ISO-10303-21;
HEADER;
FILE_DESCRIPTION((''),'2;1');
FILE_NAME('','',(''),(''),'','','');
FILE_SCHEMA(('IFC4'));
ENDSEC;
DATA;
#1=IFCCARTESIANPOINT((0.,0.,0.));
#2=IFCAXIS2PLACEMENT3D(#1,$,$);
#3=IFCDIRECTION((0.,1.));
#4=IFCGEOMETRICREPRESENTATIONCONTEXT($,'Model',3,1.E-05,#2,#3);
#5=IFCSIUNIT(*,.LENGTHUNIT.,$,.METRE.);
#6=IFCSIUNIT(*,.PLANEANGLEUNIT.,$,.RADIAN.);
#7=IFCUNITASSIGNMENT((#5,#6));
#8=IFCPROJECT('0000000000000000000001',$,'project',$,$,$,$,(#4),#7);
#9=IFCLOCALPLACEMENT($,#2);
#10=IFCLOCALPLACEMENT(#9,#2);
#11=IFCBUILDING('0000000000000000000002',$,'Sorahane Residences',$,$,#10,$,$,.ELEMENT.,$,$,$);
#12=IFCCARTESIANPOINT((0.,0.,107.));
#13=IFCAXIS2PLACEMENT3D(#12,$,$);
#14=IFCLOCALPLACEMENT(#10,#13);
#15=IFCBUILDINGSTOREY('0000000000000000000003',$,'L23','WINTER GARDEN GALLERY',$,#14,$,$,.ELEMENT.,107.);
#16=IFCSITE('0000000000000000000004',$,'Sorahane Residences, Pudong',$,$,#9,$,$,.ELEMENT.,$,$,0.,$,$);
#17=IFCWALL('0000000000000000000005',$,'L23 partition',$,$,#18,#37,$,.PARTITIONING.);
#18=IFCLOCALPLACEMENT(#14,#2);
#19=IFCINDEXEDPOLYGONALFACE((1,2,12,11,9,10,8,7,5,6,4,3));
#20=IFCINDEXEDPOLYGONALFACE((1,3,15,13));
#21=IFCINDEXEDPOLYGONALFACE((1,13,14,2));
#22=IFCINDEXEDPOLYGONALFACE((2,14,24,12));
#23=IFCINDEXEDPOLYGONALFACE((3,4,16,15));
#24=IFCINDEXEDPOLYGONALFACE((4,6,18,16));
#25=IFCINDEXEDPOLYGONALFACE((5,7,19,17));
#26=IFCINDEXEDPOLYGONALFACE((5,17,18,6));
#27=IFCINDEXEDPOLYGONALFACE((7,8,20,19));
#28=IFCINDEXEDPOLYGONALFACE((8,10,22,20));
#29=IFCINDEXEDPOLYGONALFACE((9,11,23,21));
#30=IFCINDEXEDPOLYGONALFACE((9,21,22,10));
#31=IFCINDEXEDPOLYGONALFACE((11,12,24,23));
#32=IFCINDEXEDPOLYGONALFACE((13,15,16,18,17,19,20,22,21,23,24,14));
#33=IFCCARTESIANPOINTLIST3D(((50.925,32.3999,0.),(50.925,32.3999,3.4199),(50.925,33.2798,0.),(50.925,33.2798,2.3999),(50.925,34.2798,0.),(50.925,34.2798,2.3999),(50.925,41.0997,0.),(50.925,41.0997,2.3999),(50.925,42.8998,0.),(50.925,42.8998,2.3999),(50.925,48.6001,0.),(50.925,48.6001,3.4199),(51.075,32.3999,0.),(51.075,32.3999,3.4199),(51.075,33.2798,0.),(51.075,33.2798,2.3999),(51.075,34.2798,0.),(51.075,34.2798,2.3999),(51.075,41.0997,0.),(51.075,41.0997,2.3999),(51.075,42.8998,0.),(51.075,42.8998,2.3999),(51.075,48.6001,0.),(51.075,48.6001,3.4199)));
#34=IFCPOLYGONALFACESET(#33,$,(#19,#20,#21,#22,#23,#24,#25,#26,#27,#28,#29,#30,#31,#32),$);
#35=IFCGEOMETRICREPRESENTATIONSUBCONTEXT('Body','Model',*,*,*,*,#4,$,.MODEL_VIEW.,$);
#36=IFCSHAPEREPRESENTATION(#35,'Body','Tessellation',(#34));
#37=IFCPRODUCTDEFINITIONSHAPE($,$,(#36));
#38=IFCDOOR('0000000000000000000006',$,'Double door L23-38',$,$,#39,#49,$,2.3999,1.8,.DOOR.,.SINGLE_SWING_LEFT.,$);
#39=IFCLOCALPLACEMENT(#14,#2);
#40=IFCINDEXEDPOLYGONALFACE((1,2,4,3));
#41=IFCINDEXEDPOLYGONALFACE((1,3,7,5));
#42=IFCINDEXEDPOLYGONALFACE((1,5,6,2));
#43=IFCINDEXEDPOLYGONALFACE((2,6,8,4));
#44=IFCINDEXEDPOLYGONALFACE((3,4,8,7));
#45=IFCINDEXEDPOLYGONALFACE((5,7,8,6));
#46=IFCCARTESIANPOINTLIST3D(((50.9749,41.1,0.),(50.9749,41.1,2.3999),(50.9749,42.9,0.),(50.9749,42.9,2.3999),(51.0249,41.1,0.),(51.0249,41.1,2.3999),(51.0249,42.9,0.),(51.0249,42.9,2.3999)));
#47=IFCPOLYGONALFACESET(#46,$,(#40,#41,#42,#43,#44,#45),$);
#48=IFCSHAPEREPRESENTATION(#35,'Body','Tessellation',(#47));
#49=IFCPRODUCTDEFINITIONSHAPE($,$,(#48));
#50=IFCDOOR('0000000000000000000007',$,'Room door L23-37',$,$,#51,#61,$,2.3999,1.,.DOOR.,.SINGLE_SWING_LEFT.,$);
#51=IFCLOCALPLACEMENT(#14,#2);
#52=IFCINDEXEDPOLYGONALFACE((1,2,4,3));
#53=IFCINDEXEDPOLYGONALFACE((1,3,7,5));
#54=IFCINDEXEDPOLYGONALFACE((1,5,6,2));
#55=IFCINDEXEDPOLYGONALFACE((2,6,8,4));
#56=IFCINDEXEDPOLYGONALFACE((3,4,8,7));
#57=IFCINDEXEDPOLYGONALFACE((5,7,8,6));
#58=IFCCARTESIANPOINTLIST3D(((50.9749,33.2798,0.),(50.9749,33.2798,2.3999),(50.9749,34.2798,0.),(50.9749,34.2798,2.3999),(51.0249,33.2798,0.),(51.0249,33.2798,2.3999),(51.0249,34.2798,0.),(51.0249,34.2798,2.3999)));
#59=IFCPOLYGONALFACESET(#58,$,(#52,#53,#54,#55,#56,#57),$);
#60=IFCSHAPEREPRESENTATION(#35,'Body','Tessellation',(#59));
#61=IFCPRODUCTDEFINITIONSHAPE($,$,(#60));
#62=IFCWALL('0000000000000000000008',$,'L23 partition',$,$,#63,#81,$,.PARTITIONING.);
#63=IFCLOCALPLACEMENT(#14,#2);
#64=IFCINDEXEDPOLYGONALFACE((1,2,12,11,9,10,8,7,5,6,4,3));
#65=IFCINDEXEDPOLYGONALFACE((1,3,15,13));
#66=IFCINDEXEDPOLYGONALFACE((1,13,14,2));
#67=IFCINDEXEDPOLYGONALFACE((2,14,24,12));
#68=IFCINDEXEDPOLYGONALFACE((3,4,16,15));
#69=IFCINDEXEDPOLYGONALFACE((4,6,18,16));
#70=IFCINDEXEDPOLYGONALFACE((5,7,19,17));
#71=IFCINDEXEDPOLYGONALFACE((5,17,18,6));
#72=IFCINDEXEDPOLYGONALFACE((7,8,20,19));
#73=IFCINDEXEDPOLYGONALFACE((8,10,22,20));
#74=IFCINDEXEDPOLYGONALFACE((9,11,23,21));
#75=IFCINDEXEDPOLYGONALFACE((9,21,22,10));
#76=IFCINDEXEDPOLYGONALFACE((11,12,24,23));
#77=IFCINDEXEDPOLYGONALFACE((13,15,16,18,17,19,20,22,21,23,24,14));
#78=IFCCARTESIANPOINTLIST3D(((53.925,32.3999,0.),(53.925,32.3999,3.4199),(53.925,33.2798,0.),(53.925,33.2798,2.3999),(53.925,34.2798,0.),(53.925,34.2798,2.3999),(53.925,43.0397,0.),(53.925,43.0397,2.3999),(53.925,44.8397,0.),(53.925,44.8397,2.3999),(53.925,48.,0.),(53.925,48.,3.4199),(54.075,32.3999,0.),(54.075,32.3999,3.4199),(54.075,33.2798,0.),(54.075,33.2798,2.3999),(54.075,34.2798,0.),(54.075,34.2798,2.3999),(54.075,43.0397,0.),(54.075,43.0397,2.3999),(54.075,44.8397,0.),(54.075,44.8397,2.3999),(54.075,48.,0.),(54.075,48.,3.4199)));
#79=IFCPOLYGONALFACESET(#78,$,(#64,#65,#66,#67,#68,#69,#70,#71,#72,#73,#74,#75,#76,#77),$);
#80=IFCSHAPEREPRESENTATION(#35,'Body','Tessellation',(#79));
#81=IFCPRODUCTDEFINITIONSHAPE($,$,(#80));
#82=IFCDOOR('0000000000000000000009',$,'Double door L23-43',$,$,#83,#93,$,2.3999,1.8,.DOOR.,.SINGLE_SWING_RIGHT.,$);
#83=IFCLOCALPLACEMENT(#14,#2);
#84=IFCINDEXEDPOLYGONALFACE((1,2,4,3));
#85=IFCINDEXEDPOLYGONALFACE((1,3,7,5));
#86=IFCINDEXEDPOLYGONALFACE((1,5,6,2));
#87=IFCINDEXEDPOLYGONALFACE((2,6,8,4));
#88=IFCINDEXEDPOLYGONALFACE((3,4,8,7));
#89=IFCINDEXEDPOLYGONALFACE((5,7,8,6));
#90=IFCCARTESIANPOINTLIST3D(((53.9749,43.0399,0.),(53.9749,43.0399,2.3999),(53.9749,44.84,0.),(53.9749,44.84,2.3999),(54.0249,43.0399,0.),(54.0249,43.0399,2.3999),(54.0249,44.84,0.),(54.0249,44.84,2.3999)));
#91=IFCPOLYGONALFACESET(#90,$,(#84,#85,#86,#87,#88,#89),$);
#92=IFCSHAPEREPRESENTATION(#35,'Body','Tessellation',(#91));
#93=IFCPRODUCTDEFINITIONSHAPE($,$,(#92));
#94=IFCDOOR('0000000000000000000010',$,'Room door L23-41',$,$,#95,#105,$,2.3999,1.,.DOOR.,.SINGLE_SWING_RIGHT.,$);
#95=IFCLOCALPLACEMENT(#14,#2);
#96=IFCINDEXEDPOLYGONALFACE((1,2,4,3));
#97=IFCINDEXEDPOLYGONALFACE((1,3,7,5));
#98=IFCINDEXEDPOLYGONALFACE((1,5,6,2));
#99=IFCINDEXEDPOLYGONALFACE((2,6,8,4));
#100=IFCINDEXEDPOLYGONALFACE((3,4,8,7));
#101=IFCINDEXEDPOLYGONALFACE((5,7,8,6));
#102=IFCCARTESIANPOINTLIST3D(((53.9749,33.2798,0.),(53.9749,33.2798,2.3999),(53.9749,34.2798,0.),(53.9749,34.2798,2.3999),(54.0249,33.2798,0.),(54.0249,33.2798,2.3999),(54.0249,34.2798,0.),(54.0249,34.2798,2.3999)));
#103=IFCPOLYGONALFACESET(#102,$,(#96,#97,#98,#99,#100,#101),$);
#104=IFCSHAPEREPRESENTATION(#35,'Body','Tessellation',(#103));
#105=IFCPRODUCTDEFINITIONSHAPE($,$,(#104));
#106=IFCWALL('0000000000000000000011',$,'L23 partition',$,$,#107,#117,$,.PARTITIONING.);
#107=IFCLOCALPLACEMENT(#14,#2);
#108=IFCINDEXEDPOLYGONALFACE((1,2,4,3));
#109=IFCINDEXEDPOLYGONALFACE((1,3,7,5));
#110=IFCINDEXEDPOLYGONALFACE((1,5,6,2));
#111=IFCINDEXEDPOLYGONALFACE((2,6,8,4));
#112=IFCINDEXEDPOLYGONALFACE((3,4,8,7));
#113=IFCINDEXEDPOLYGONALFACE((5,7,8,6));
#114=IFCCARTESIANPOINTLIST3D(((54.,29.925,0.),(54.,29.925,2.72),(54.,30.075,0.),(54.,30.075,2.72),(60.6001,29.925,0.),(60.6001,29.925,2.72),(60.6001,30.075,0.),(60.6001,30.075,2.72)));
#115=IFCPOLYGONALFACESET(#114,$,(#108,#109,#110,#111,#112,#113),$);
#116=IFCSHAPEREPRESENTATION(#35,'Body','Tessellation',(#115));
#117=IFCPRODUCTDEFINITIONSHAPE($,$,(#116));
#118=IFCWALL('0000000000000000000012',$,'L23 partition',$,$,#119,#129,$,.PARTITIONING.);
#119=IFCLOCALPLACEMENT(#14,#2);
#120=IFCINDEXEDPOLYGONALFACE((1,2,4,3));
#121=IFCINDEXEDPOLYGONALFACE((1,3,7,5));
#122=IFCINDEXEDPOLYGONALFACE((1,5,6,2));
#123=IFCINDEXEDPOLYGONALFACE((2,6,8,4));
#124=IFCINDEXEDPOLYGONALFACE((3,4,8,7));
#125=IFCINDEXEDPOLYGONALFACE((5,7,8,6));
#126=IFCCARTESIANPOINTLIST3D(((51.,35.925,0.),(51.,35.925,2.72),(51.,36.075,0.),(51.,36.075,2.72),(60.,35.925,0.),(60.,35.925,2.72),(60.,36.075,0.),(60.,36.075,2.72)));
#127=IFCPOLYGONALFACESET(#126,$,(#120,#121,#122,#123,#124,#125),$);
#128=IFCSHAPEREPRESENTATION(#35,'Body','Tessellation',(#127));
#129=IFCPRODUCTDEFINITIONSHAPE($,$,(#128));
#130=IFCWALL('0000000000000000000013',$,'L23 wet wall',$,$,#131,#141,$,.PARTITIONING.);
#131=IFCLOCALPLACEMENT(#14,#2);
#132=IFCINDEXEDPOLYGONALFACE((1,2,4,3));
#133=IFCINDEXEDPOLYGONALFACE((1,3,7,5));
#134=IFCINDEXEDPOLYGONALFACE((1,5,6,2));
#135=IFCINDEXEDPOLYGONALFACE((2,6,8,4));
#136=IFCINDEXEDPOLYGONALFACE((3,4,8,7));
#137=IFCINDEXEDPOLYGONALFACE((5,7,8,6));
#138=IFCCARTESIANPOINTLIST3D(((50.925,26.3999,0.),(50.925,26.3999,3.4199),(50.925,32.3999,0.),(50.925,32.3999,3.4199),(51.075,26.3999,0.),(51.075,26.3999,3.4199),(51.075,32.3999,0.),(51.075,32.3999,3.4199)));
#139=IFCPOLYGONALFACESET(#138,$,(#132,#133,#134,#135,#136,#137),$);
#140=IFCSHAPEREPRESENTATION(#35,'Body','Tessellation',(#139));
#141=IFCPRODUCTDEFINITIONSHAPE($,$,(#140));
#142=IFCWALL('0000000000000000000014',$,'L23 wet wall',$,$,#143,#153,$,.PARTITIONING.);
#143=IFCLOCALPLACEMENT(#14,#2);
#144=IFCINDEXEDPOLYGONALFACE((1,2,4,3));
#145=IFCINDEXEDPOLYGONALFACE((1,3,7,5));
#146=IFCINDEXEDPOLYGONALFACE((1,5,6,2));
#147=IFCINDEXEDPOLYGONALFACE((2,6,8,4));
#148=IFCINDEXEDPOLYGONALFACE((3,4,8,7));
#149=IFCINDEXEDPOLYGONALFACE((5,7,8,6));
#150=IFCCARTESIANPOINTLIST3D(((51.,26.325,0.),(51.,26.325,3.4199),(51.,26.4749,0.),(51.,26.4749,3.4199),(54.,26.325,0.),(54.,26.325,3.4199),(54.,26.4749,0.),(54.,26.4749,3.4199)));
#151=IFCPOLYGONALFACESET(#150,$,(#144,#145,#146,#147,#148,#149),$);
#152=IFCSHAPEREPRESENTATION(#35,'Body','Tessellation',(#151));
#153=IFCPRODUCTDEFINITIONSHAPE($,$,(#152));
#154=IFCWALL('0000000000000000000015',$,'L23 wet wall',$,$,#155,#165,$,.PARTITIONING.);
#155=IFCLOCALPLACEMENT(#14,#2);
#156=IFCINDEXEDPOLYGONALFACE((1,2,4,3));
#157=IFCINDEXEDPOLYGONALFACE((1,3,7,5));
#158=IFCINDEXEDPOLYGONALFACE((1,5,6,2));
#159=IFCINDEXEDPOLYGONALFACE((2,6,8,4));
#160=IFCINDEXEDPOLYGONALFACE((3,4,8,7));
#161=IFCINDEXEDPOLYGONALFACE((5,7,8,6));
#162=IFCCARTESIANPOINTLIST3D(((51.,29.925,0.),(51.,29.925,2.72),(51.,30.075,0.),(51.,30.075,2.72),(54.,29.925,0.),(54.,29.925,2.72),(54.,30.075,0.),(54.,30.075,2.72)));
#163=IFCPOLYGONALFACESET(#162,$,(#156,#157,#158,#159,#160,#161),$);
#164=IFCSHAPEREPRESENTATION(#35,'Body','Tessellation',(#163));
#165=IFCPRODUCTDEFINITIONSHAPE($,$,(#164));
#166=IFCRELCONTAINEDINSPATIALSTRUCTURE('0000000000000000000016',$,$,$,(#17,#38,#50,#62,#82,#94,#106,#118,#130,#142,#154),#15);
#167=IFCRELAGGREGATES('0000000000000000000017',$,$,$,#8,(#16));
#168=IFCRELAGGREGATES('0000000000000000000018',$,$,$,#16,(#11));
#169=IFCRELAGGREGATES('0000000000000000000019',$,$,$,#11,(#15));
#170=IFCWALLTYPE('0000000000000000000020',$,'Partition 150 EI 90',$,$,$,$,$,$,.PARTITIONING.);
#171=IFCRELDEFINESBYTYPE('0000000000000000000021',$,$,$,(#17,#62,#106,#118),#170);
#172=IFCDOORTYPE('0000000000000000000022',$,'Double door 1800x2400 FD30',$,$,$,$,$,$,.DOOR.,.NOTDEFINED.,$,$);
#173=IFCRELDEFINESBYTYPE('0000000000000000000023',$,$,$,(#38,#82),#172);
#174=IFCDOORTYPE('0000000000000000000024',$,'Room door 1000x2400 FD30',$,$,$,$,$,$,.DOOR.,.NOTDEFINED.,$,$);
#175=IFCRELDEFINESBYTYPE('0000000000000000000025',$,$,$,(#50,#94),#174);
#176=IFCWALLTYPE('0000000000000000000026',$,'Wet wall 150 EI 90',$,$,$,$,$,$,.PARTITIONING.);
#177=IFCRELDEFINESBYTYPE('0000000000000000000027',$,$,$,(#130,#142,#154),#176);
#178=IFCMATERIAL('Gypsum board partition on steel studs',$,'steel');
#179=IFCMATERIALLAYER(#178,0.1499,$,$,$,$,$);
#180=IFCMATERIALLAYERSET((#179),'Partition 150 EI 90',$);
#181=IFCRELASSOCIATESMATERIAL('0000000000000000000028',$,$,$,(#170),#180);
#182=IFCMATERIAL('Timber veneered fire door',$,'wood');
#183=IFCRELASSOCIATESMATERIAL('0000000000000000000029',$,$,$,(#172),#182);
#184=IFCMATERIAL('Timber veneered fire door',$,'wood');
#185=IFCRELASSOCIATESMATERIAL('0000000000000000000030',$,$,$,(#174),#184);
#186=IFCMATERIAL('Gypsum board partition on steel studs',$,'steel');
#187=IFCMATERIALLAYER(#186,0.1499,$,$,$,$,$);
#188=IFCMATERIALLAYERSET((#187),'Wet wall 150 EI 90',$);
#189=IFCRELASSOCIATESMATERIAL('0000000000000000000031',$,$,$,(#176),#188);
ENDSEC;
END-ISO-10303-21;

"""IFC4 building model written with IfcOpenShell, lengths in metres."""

from ifc_helpers import new_model, si_unit, direction, frame, frame_2d, origin, place, context, subcontext, project, spatial, rectangle, extrude, material, layer, layer_set, type_object, element, fill, save


model = new_model("IFC4")

# Units and contexts
model_context = context("Model", 3, precision=1e-05, world=origin(), true_north=direction((0.0, 1.0)))
body_context = subcontext(model_context, "Body", "Model", "MODEL_VIEW")
ifc_project = project(units=[si_unit("LENGTHUNIT", "METRE"), si_unit("PLANEANGLEUNIT", "RADIAN")], contexts=[model_context])

# Site, building, storey
site_placement = place(None, origin())
site = spatial("IfcSite", under=ifc_project, at=site_placement, Name="Sorahane Residences, Pudong", CompositionType="ELEMENT", RefElevation=0.0)
building_placement = place(site_placement, origin())
building = spatial("IfcBuilding", under=site, at=building_placement, Name="Sorahane Residences", CompositionType="ELEMENT")
storey_placement = place(building_placement, frame((0.0, 0.0, 107.0)))
storey = spatial("IfcBuildingStorey", under=building, at=storey_placement, Name="L23", Description="WINTER GARDEN GALLERY", CompositionType="ELEMENT", Elevation=107.0)

# Walls, openings, doors
ifc_material_1 = material(Name="Gypsum board partition on steel studs", Category="steel")
ifc_layer_1 = layer(ifc_material_1, 0.1499)
ifc_layer_set_1 = layer_set([ifc_layer_1], Name="Partition 150 EI 90")
wall_type_1 = type_object("IfcWallType", Name="Partition 150 EI 90", PredefinedType="PARTITIONING", material=ifc_layer_set_1)
wall_1_placement = place(storey_placement, frame((51.0, 32.3999, 0.0), z_axis=(0.0, 0.0, 1.0), x_axis=(0.0, 1.0, 0.0)))
wall_1 = element("IfcWall", 1, at=wall_1_placement, inside=storey, type_object=wall_type_1, Name="L23 partition", PredefinedType="PARTITIONING", context=body_context, shape_type="SweptSolid", body=[
    extrude(rectangle(XDim=16.2002, YDim=0.1499, at=frame_2d((8.1001, 0.0))), origin(), (0.0, 0.0, 1.0), 3.4199),
])
opening_1_placement = place(wall_1_placement, frame((0.8799, 0.0, 0.0)))
opening_1 = element("IfcOpeningElement", 2, at=opening_1_placement, cuts=wall_1, PredefinedType="OPENING", context=body_context, shape_type="SweptSolid", body=[
    extrude(rectangle(XDim=1.0, YDim=2.3999, at=frame_2d((0.5, 1.2))), frame((0.0, 0.085, 0.0), z_axis=(0.0, -1.0, 0.0), x_axis=(1.0, 0.0, 0.0)), (0.0, 0.0, 1.0), 0.1699),
])
opening_2_placement = place(wall_1_placement, frame((8.7, 0.0, 0.0)))
opening_2 = element("IfcOpeningElement", 3, at=opening_2_placement, cuts=wall_1, PredefinedType="OPENING", context=body_context, shape_type="SweptSolid", body=[
    extrude(rectangle(XDim=1.8, YDim=2.3999, at=frame_2d((0.8999, 1.2))), frame((0.0, 0.085, 0.0), z_axis=(0.0, -1.0, 0.0), x_axis=(1.0, 0.0, 0.0)), (0.0, 0.0, 1.0), 0.1699),
])
ifc_material_2 = material(Name="Timber veneered fire door", Category="wood")
door_type_1 = type_object("IfcDoorType", Name="Double door 1800x2400 FD30", OperationType="NOTDEFINED", PredefinedType="DOOR", material=ifc_material_2)
door_1_placement = place(opening_2_placement, frame((1.8, 0.0, 0.0), z_axis=(0.0, 0.0, 1.0), x_axis=(-1.0, 0.0, 0.0)))
door_1 = element("IfcDoor", 4, at=door_1_placement, inside=storey, type_object=door_type_1, Name="Double door L23-38", OperationType="SINGLE_SWING_LEFT", OverallHeight=2.3999, OverallWidth=1.8, PredefinedType="DOOR", context=body_context, shape_type="SweptSolid", body=[
    extrude(rectangle(XDim=1.8, YDim=2.3999, at=frame_2d((0.8999, 1.2))), frame((0.0, 0.0249, 0.0), z_axis=(0.0, -1.0, 0.0), x_axis=(1.0, 0.0, 0.0)), (0.0, 0.0, 1.0), 0.05),
])
fill(opening_2, door_1)
ifc_material_3 = material(Name="Timber veneered fire door", Category="wood")
door_type_2 = type_object("IfcDoorType", Name="Room door 1000x2400 FD30", OperationType="NOTDEFINED", PredefinedType="DOOR", material=ifc_material_3)
door_2_placement = place(opening_1_placement, frame((1.0, 0.0, 0.0), z_axis=(0.0, 0.0, 1.0), x_axis=(-1.0, 0.0, 0.0)))
door_2 = element("IfcDoor", 5, at=door_2_placement, inside=storey, type_object=door_type_2, Name="Room door L23-37", OperationType="SINGLE_SWING_LEFT", OverallHeight=2.3999, OverallWidth=1.0, PredefinedType="DOOR", context=body_context, shape_type="SweptSolid", body=[
    extrude(rectangle(XDim=1.0, YDim=2.3999, at=frame_2d((0.5, 1.2))), frame((0.0, 0.0249, 0.0), z_axis=(0.0, -1.0, 0.0), x_axis=(1.0, 0.0, 0.0)), (0.0, 0.0, 1.0), 0.05),
])
fill(opening_1, door_2)
wall_2_placement = place(storey_placement, frame((54.0, 32.3999, 0.0), z_axis=(0.0, 0.0, 1.0), x_axis=(0.0, 1.0, 0.0)))
wall_2 = element("IfcWall", 6, at=wall_2_placement, inside=storey, type_object=wall_type_1, Name="L23 partition", PredefinedType="PARTITIONING", context=body_context, shape_type="SweptSolid", body=[
    extrude(rectangle(XDim=15.6001, YDim=0.1499, at=frame_2d((7.8, 0.0))), origin(), (0.0, 0.0, 1.0), 3.4199),
])
opening_3_placement = place(wall_2_placement, frame((0.8799, 0.0, 0.0)))
opening_3 = element("IfcOpeningElement", 7, at=opening_3_placement, cuts=wall_2, PredefinedType="OPENING", context=body_context, shape_type="SweptSolid", body=[
    extrude(rectangle(XDim=1.0, YDim=2.3999, at=frame_2d((0.5, 1.2))), frame((0.0, 0.085, 0.0), z_axis=(0.0, -1.0, 0.0), x_axis=(1.0, 0.0, 0.0)), (0.0, 0.0, 1.0), 0.1699),
])
opening_4_placement = place(wall_2_placement, frame((10.6399, 0.0, 0.0)))
opening_4 = element("IfcOpeningElement", 8, at=opening_4_placement, cuts=wall_2, PredefinedType="OPENING", context=body_context, shape_type="SweptSolid", body=[
    extrude(rectangle(XDim=1.8, YDim=2.3999, at=frame_2d((0.8999, 1.2))), frame((0.0, 0.085, 0.0), z_axis=(0.0, -1.0, 0.0), x_axis=(1.0, 0.0, 0.0)), (0.0, 0.0, 1.0), 0.1699),
])
door_3_placement = place(opening_4_placement, frame((1.8, 0.0, 0.0), z_axis=(0.0, 0.0, 1.0), x_axis=(-1.0, 0.0, 0.0)))
door_3 = element("IfcDoor", 9, at=door_3_placement, inside=storey, type_object=door_type_1, Name="Double door L23-43", OperationType="SINGLE_SWING_RIGHT", OverallHeight=2.3999, OverallWidth=1.8, PredefinedType="DOOR", context=body_context, shape_type="SweptSolid", body=[
    extrude(rectangle(XDim=1.8, YDim=2.3999, at=frame_2d((0.8999, 1.2))), frame((0.0, 0.0249, 0.0), z_axis=(0.0, -1.0, 0.0), x_axis=(1.0, 0.0, 0.0)), (0.0, 0.0, 1.0), 0.05),
])
fill(opening_4, door_3)
door_4_placement = place(opening_3_placement, frame((1.0, 0.0, 0.0), z_axis=(0.0, 0.0, 1.0), x_axis=(-1.0, 0.0, 0.0)))
door_4 = element("IfcDoor", 10, at=door_4_placement, inside=storey, type_object=door_type_2, Name="Room door L23-41", OperationType="SINGLE_SWING_RIGHT", OverallHeight=2.3999, OverallWidth=1.0, PredefinedType="DOOR", context=body_context, shape_type="SweptSolid", body=[
    extrude(rectangle(XDim=1.0, YDim=2.3999, at=frame_2d((0.5, 1.2))), frame((0.0, 0.0249, 0.0), z_axis=(0.0, -1.0, 0.0), x_axis=(1.0, 0.0, 0.0)), (0.0, 0.0, 1.0), 0.05),
])
fill(opening_3, door_4)

# Walls
wall_3_placement = place(storey_placement, frame((54.0, 30.0, 0.0), z_axis=(0.0, 0.0, 1.0), x_axis=(1.0, 0.0, 0.0)))
element("IfcWall", 11, at=wall_3_placement, inside=storey, type_object=wall_type_1, Name="L23 partition", PredefinedType="PARTITIONING", context=body_context, shape_type="SweptSolid", body=[
    extrude(rectangle(XDim=6.6001, YDim=0.1499, at=frame_2d((3.3, 0.0))), origin(), (0.0, 0.0, 1.0), 2.72),
])
wall_4_placement = place(storey_placement, frame((51.0, 36.0, 0.0), z_axis=(0.0, 0.0, 1.0), x_axis=(1.0, 0.0, 0.0)))
element("IfcWall", 12, at=wall_4_placement, inside=storey, type_object=wall_type_1, Name="L23 partition", PredefinedType="PARTITIONING", context=body_context, shape_type="SweptSolid", body=[
    extrude(rectangle(XDim=9.0, YDim=0.1499, at=frame_2d((4.5, 0.0))), origin(), (0.0, 0.0, 1.0), 2.72),
])
ifc_material_4 = material(Name="Gypsum board partition on steel studs", Category="steel")
ifc_layer_2 = layer(ifc_material_4, 0.1499)
ifc_layer_set_2 = layer_set([ifc_layer_2], Name="Wet wall 150 EI 90")
wall_type_2 = type_object("IfcWallType", Name="Wet wall 150 EI 90", PredefinedType="PARTITIONING", material=ifc_layer_set_2)
wall_5_placement = place(storey_placement, frame((51.0, 26.3999, 0.0), z_axis=(0.0, 0.0, 1.0), x_axis=(0.0, 1.0, 0.0)))
element("IfcWall", 13, at=wall_5_placement, inside=storey, type_object=wall_type_2, Name="L23 wet wall", PredefinedType="PARTITIONING", context=body_context, shape_type="SweptSolid", body=[
    extrude(rectangle(XDim=6.0, YDim=0.1499, at=frame_2d((3.0, 0.0))), origin(), (0.0, 0.0, 1.0), 3.4199),
])

# Walls
wall_6_placement = place(storey_placement, frame((51.0, 26.3999, 0.0), z_axis=(0.0, 0.0, 1.0), x_axis=(1.0, 0.0, 0.0)))
element("IfcWall", 14, at=wall_6_placement, inside=storey, type_object=wall_type_2, Name="L23 wet wall", PredefinedType="PARTITIONING", context=body_context, shape_type="SweptSolid", body=[
    extrude(rectangle(XDim=3.0, YDim=0.1499, at=frame_2d((1.5, 0.0))), origin(), (0.0, 0.0, 1.0), 3.4199),
])
wall_7_placement = place(storey_placement, frame((51.0, 30.0, 0.0), z_axis=(0.0, 0.0, 1.0), x_axis=(1.0, 0.0, 0.0)))
element("IfcWall", 15, at=wall_7_placement, inside=storey, type_object=wall_type_2, Name="L23 wet wall", PredefinedType="PARTITIONING", context=body_context, shape_type="SweptSolid", body=[
    extrude(rectangle(XDim=3.0, YDim=0.1499, at=frame_2d((1.5, 0.0))), origin(), (0.0, 0.0, 1.0), 2.72),
])

save(model, "model.ifc")
